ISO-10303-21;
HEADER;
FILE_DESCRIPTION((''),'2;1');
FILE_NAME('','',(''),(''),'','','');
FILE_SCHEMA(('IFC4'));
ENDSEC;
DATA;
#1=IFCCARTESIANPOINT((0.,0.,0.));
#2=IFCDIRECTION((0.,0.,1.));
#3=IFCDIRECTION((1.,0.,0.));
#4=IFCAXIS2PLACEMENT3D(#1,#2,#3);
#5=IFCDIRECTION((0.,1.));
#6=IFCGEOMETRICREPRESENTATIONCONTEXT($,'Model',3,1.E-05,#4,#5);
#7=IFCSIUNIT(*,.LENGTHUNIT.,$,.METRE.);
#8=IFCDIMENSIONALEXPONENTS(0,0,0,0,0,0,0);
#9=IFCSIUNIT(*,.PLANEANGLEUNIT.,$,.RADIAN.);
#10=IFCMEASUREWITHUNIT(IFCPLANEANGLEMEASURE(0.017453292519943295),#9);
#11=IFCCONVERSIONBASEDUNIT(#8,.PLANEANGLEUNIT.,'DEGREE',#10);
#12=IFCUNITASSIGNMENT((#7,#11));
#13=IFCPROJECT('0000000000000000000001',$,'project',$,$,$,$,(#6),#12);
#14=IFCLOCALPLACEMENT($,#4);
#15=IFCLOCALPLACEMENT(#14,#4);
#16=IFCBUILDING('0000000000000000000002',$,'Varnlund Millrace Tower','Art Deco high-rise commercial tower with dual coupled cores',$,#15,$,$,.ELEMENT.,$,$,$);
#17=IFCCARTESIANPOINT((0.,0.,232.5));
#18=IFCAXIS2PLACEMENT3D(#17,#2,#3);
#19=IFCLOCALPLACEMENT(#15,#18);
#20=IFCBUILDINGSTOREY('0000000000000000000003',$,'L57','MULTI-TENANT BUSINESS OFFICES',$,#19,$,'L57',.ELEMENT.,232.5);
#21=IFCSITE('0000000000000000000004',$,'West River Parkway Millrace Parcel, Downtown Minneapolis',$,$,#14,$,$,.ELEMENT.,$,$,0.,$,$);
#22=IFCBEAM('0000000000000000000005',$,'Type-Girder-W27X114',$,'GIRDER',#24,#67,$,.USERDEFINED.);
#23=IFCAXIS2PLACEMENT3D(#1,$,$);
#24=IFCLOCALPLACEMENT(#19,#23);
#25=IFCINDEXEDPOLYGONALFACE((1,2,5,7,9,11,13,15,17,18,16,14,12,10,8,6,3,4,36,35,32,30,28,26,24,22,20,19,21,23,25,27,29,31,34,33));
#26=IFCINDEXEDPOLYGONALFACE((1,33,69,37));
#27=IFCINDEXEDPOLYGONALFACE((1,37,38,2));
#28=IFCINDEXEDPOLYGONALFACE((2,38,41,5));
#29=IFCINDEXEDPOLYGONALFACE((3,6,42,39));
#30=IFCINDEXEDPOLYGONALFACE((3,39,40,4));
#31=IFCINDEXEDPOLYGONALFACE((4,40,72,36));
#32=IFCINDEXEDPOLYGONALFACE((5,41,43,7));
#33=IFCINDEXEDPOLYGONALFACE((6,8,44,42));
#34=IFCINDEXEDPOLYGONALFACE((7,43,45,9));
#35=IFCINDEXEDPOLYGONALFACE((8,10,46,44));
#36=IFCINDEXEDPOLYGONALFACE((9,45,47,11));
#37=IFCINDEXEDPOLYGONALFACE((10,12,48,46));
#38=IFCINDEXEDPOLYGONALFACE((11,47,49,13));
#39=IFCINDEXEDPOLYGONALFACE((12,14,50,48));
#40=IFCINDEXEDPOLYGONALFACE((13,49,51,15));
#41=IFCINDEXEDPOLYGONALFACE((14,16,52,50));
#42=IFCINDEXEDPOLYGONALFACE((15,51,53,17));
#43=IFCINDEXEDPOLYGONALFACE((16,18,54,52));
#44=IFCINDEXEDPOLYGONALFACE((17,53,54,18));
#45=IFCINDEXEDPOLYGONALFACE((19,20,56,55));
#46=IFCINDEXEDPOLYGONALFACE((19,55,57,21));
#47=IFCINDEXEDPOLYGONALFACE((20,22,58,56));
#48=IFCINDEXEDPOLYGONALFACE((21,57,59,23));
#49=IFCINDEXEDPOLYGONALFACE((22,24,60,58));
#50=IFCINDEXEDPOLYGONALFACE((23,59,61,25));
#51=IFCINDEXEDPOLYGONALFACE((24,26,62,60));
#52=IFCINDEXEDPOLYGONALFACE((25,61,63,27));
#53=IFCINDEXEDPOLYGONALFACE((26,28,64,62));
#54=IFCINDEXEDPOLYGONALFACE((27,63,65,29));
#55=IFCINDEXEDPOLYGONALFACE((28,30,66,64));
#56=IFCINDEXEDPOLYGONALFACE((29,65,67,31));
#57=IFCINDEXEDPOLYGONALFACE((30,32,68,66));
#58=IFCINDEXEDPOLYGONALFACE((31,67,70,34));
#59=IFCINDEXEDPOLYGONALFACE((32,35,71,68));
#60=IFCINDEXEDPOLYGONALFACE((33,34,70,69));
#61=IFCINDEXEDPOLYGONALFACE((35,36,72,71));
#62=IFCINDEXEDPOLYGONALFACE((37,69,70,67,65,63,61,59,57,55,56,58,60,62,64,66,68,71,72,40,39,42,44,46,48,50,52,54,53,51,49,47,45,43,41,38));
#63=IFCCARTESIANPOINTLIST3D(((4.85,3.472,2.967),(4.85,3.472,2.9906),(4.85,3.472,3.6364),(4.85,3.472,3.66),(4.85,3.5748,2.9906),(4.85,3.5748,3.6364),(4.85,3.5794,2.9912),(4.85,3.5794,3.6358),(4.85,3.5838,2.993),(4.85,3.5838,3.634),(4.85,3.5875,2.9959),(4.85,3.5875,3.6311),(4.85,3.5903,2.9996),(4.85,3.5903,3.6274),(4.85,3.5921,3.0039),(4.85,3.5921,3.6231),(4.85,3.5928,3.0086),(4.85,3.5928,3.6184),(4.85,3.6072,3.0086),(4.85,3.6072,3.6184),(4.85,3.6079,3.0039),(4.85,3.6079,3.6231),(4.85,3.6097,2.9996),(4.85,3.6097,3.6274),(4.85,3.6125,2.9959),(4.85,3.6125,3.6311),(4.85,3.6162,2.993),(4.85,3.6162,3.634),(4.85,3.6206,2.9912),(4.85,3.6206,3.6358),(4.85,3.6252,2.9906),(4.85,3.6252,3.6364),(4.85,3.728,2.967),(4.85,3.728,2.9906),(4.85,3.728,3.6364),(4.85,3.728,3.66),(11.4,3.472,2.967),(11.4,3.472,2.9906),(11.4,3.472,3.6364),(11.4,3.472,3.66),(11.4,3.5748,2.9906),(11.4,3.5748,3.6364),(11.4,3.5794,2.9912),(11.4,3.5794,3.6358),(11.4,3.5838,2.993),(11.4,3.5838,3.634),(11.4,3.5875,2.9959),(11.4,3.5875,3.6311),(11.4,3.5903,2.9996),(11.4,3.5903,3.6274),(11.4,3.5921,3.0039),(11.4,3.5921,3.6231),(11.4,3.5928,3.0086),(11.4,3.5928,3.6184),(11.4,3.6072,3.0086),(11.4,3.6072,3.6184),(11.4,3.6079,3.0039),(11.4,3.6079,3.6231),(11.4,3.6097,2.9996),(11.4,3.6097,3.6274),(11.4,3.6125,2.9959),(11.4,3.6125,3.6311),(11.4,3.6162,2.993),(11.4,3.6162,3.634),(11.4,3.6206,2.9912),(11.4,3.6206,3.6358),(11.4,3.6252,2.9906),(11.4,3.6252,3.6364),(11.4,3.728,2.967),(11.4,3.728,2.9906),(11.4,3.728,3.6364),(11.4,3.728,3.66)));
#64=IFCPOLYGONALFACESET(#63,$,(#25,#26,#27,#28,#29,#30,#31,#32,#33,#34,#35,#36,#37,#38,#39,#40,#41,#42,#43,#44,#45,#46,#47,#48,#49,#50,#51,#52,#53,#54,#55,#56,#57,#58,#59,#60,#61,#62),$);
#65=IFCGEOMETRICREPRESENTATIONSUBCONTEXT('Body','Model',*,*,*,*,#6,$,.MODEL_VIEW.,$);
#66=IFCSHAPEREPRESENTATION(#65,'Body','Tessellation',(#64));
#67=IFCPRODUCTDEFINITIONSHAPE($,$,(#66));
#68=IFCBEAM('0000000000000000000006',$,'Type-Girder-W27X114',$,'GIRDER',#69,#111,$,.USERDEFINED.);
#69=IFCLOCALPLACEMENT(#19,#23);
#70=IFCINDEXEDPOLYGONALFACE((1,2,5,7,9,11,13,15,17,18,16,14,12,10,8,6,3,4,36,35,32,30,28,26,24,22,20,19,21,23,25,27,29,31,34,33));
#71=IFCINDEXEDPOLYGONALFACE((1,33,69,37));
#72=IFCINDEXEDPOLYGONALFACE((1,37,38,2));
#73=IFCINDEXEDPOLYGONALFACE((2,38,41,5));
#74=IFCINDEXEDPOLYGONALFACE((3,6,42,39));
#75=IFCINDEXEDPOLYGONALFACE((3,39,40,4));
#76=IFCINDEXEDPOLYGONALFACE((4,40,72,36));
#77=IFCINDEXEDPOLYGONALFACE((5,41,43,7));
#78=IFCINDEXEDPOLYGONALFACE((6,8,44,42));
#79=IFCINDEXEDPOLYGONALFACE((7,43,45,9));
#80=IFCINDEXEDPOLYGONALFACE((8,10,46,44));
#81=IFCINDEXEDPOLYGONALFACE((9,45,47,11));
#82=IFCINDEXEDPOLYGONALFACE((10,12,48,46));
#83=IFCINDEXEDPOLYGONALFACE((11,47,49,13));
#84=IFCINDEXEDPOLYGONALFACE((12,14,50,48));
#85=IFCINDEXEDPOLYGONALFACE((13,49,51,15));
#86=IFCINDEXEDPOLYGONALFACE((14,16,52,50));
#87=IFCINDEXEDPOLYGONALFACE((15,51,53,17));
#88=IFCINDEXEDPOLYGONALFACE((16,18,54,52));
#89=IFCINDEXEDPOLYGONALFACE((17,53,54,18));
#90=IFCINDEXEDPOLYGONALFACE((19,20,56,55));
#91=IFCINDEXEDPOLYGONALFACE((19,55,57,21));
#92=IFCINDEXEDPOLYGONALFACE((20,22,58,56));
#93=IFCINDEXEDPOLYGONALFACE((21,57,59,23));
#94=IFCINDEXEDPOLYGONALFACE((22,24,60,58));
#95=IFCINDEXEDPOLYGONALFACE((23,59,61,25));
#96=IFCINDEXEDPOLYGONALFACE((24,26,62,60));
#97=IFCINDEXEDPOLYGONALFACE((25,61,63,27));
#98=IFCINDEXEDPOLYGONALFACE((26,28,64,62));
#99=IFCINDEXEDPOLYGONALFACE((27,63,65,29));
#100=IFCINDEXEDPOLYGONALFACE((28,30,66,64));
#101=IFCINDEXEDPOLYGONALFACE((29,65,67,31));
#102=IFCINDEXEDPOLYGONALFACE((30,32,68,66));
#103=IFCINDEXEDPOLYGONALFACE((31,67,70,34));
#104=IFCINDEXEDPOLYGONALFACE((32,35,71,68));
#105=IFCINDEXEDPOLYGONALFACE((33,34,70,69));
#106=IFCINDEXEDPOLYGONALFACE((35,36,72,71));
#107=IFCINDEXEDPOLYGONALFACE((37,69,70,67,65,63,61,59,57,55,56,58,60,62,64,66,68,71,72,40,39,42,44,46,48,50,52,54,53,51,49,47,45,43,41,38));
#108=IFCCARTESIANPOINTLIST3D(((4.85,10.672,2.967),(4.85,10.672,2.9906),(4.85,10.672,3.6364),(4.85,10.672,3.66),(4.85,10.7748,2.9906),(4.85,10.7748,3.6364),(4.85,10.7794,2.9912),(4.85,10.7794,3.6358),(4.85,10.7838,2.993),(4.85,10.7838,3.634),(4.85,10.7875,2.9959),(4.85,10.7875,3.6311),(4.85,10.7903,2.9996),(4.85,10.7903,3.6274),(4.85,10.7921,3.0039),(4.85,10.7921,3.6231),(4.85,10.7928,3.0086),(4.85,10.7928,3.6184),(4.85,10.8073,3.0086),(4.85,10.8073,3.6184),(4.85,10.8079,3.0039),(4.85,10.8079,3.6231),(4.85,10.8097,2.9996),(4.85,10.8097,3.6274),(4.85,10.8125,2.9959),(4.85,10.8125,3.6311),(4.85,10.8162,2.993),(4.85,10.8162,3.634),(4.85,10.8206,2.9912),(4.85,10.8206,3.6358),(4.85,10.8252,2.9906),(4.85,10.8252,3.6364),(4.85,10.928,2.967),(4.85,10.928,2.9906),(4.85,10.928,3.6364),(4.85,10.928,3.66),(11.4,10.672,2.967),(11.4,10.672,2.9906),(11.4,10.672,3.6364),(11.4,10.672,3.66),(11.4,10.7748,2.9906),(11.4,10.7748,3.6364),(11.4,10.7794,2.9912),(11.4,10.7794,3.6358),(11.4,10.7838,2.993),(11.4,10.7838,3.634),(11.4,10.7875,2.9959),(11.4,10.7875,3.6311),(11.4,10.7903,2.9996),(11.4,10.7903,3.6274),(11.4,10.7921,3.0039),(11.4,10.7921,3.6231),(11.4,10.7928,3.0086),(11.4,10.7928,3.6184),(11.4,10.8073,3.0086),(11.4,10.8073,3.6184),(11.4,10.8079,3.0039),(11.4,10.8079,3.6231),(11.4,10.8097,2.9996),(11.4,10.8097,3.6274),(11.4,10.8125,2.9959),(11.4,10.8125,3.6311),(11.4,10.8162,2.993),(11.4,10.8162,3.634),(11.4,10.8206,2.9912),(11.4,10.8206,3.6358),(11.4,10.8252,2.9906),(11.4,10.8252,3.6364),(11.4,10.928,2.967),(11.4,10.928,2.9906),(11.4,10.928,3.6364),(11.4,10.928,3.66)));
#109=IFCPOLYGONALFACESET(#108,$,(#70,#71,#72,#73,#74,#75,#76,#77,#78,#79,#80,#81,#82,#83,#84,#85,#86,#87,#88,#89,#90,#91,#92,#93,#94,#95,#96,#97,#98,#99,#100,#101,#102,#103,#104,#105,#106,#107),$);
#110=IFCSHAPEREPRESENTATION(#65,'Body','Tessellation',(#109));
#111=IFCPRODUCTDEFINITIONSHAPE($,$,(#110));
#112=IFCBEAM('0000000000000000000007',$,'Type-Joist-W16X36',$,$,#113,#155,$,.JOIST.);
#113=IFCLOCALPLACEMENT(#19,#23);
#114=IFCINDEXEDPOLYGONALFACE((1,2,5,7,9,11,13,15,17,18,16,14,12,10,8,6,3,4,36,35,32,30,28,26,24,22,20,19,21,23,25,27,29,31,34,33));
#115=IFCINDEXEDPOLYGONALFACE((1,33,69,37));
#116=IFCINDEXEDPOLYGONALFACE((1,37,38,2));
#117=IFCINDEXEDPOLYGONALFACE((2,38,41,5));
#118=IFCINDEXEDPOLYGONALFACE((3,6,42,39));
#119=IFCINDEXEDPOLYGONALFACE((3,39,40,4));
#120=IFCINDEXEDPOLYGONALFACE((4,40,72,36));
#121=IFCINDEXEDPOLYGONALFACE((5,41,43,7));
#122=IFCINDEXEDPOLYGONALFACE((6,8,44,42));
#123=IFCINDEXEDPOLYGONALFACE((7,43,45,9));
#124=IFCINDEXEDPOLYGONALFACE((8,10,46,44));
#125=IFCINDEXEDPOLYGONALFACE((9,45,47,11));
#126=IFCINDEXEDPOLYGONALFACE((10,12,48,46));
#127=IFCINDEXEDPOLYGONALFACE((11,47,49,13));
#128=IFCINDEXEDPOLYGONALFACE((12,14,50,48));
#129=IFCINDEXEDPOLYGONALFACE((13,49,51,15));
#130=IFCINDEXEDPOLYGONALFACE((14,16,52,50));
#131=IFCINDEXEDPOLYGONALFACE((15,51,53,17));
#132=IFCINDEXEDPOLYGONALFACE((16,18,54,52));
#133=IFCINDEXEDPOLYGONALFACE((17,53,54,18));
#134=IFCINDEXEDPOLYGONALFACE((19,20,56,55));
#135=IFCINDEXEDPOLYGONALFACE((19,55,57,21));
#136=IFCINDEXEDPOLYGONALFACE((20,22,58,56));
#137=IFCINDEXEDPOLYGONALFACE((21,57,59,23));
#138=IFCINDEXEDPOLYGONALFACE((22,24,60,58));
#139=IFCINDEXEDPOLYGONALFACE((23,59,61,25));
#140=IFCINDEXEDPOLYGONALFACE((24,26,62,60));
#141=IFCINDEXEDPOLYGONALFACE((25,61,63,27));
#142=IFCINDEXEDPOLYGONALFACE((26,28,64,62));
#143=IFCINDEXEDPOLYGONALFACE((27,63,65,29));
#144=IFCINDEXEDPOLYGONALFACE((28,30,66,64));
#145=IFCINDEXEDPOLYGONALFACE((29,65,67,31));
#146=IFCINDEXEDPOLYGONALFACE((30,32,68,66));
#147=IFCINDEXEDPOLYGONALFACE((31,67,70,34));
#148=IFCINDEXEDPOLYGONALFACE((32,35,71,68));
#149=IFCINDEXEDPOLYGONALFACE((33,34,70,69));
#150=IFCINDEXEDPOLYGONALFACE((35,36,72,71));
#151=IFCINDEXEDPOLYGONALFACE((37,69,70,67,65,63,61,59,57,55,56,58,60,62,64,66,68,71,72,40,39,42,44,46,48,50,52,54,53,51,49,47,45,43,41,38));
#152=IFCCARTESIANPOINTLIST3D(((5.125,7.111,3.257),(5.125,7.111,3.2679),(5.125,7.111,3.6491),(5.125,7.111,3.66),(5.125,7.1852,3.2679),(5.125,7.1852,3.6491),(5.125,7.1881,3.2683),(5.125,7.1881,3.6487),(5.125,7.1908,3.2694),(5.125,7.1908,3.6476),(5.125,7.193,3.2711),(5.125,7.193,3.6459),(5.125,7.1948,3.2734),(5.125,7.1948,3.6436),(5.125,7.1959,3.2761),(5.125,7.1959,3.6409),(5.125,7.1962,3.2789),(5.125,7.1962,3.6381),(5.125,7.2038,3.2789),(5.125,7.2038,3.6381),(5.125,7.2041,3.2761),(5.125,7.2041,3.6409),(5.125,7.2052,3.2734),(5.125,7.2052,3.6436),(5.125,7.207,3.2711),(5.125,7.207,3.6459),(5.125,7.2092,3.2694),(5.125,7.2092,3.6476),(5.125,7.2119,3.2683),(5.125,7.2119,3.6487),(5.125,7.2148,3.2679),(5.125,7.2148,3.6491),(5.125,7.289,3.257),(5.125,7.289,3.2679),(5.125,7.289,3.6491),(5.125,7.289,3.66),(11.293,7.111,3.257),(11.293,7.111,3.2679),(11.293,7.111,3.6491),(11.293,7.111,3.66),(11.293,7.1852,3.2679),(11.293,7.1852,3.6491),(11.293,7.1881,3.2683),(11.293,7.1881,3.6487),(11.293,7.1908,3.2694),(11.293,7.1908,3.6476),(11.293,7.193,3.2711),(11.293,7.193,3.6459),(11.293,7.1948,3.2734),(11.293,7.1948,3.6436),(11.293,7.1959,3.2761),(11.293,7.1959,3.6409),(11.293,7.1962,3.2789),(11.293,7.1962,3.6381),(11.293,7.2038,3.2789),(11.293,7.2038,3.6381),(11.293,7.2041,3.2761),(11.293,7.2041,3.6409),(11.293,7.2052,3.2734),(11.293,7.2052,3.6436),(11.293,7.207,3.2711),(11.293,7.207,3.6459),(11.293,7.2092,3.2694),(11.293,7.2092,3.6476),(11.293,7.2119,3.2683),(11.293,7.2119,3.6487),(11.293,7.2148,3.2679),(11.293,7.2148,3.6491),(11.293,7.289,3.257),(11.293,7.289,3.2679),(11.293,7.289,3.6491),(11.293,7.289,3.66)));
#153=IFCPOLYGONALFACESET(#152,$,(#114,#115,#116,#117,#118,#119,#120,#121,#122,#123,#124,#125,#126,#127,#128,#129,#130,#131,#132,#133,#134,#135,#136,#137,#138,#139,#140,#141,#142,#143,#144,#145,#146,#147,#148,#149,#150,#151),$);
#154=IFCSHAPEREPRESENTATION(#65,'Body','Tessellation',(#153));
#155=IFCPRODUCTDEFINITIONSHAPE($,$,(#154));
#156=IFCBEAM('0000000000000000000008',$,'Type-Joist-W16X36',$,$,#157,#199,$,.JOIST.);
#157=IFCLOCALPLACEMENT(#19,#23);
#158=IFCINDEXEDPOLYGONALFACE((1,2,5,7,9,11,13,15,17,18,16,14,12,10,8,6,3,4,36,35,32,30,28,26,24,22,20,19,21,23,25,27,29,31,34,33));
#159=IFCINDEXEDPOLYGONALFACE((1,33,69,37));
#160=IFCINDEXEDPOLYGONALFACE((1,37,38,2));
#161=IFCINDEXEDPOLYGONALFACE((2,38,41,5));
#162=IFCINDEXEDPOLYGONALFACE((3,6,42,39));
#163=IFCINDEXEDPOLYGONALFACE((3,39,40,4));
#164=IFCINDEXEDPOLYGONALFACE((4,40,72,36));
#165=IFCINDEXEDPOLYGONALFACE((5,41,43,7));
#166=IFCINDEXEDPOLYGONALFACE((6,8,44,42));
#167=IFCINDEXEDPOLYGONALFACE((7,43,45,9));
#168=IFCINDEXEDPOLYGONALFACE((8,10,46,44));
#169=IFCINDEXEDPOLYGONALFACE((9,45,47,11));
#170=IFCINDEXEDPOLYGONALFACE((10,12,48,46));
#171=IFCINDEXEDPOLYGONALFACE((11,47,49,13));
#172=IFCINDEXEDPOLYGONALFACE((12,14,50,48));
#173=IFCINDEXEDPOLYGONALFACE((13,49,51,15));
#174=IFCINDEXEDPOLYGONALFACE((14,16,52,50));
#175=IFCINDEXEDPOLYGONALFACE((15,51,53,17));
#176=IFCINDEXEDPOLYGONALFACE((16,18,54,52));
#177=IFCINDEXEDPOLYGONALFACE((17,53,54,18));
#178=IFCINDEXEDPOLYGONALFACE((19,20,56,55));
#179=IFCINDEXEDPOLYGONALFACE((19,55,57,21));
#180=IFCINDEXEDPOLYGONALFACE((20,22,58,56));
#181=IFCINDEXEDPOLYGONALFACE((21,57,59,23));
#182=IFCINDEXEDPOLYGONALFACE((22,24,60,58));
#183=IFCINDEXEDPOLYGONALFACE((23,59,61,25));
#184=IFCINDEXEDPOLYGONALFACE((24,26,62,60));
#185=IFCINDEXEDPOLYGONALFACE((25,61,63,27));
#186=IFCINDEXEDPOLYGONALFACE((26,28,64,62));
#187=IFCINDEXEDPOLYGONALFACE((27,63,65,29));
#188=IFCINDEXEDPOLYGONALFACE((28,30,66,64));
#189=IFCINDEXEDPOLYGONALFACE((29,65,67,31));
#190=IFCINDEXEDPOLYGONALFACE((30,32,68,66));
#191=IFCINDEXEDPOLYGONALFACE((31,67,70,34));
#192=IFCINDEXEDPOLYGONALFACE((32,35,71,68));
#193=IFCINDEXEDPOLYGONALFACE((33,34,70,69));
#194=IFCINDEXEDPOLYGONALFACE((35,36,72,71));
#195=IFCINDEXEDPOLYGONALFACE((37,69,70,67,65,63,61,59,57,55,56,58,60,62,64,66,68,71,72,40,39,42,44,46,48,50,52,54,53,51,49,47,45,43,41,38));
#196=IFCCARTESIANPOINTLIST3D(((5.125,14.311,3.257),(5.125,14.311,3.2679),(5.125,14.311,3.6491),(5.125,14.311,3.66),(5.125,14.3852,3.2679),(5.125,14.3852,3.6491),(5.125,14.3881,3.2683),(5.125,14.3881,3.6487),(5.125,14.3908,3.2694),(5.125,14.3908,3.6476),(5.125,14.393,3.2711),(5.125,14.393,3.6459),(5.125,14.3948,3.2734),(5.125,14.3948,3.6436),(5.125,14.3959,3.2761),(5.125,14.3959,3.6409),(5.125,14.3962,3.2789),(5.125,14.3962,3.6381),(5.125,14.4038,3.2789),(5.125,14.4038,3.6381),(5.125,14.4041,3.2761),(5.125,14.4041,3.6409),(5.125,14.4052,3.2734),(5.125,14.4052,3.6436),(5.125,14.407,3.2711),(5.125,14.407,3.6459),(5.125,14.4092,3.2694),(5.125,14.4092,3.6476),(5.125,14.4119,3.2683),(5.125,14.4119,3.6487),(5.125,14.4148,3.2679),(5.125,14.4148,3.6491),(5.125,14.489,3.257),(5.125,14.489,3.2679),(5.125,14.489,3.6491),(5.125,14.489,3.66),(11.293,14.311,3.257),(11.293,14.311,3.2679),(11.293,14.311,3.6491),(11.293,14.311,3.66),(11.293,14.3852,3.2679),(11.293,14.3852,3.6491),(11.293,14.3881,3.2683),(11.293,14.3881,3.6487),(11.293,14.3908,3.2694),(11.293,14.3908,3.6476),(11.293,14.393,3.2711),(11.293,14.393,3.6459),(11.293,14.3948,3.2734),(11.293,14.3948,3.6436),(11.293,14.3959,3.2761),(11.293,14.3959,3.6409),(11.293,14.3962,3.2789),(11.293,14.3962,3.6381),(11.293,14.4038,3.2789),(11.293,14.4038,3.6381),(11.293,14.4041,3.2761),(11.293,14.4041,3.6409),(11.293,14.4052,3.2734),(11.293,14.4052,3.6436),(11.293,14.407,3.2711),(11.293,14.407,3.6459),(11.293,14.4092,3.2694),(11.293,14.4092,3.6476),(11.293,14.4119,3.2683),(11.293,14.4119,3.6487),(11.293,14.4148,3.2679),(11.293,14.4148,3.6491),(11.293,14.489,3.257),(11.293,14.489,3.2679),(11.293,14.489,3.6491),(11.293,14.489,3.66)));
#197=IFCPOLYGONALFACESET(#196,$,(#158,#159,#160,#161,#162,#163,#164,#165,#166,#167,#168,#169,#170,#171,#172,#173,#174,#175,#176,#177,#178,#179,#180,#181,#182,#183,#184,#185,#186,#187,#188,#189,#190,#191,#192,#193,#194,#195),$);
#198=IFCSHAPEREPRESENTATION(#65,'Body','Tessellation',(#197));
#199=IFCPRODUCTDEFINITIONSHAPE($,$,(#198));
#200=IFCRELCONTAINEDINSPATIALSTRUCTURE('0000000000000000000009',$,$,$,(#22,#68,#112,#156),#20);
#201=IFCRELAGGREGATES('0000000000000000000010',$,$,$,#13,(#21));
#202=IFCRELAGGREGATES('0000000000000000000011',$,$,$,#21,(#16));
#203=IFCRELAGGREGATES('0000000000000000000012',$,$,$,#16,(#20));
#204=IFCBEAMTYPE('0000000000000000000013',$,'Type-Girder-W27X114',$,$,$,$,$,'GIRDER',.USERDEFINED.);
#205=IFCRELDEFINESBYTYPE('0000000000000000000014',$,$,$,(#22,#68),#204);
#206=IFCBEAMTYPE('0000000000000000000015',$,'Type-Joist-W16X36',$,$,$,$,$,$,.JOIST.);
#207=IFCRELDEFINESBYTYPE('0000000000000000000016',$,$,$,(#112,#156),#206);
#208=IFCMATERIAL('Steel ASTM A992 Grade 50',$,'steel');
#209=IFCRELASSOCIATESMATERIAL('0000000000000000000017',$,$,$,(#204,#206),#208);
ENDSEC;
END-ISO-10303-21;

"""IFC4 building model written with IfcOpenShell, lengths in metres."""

from ifc_helpers import new_model, entity, si_unit, converted_unit, direction, frame, origin_with_axes, origin_2d_with_axis, place, context, subcontext, project, spatial, i_section, extrude, material, material_profile, profile_set, type_object, element, save


model = new_model("IFC4")

# Units and contexts
model_context = context("Model", 3, precision=1e-05, world=origin_with_axes(), true_north=direction((0.0, 1.0)))
body_context = subcontext(model_context, "Body", "Model", "MODEL_VIEW")
ifc_project = project(units=[si_unit("LENGTHUNIT", "METRE"), converted_unit("PLANEANGLEUNIT", "DEGREE", entity("IfcPlaneAngleMeasure", 0.017453292519943295), si_unit("PLANEANGLEUNIT", "RADIAN"), dimensions=[0, 0, 0, 0, 0, 0, 0])], contexts=[model_context])

# Site, building, storey
site_placement = place(None, origin_with_axes())
site = spatial("IfcSite", under=ifc_project, at=site_placement, Name="West River Parkway Millrace Parcel, Downtown Minneapolis", CompositionType="ELEMENT", RefElevation=0.0)
building_placement = place(site_placement, origin_with_axes())
building = spatial("IfcBuilding", under=site, at=building_placement, Name="Varnlund Millrace Tower", Description="Art Deco high-rise commercial tower with dual coupled cores", CompositionType="ELEMENT")
storey_placement = place(building_placement, frame((0.0, 0.0, 232.5), z_axis=(0.0, 0.0, 1.0), x_axis=(1.0, 0.0, 0.0)))
storey = spatial("IfcBuildingStorey", under=building, at=storey_placement, Name="L57", Description="MULTI-TENANT BUSINESS OFFICES", LongName="L57", CompositionType="ELEMENT", Elevation=232.5)

# Beams
ifc_material_1 = material(Name="Steel ASTM A992 Grade 50", Category="steel")
ifc_material_profile_1 = material_profile(ifc_material_1, i_section(OverallWidth=0.256, OverallDepth=0.693, WebThickness=0.0145, FlangeThickness=0.0236, FilletRadius=0.018, at=origin_2d_with_axis()), Name="Steel ASTM A992 Grade 50")
ifc_profile_set_1 = profile_set([ifc_material_profile_1], Name="Steel ASTM A992 Grade 50")
beam_type_1 = type_object("IfcBeamType", Name="Type-Girder-W27X114", ElementType="GIRDER", PredefinedType="USERDEFINED", material=ifc_profile_set_1)
for number, where, z_axis, x_axis, name in (
    (1, (4.85, 3.6, 3.3135), (1.0, 0.0, 0.0), (0.0, 1.0, 0.0), "Type-Girder-W27X114"),
    (2, (4.85, 10.8, 3.3135), (1.0, 0.0, 0.0), (0.0, 1.0, 0.0), "Type-Girder-W27X114"),
):
    element("IfcBeam", number, at=place(storey_placement, frame(where, z_axis=z_axis, x_axis=x_axis)), inside=storey, type_object=beam_type_1, Name=name, ObjectType="GIRDER", PredefinedType="USERDEFINED", context=body_context, shape_type="SweptSolid", body=[
        extrude(i_section(OverallWidth=0.256, OverallDepth=0.693, WebThickness=0.0145, FlangeThickness=0.0236, FilletRadius=0.018, at=origin_2d_with_axis()), origin_with_axes(), (0.0, 0.0, 1.0), 6.55),
    ])
ifc_material_profile_2 = material_profile(ifc_material_1, i_section(OverallWidth=0.178, OverallDepth=0.403, WebThickness=0.0075, FlangeThickness=0.0109, FilletRadius=0.011, at=origin_2d_with_axis()), Name="Steel ASTM A992 Grade 50")
ifc_profile_set_2 = profile_set([ifc_material_profile_2], Name="Steel ASTM A992 Grade 50")
beam_type_2 = type_object("IfcBeamType", Name="Type-Joist-W16X36", PredefinedType="JOIST", material=ifc_profile_set_2)
for number, where, z_axis, x_axis, name in (
    (3, (5.125, 7.2, 3.4585), (1.0, 0.0, 0.0), (0.0, 1.0, 0.0), "Type-Joist-W16X36"),
    (4, (5.125, 14.4, 3.4585), (1.0, 0.0, 0.0), (0.0, 1.0, 0.0), "Type-Joist-W16X36"),
):
    element("IfcBeam", number, at=place(storey_placement, frame(where, z_axis=z_axis, x_axis=x_axis)), inside=storey, type_object=beam_type_2, Name=name, PredefinedType="JOIST", context=body_context, shape_type="SweptSolid", body=[
        extrude(i_section(OverallWidth=0.178, OverallDepth=0.403, WebThickness=0.0075, FlangeThickness=0.0109, FilletRadius=0.011, at=origin_2d_with_axis()), origin_with_axes(), (0.0, 0.0, 1.0), 6.168),
    ])

save(model, "model.ifc")
